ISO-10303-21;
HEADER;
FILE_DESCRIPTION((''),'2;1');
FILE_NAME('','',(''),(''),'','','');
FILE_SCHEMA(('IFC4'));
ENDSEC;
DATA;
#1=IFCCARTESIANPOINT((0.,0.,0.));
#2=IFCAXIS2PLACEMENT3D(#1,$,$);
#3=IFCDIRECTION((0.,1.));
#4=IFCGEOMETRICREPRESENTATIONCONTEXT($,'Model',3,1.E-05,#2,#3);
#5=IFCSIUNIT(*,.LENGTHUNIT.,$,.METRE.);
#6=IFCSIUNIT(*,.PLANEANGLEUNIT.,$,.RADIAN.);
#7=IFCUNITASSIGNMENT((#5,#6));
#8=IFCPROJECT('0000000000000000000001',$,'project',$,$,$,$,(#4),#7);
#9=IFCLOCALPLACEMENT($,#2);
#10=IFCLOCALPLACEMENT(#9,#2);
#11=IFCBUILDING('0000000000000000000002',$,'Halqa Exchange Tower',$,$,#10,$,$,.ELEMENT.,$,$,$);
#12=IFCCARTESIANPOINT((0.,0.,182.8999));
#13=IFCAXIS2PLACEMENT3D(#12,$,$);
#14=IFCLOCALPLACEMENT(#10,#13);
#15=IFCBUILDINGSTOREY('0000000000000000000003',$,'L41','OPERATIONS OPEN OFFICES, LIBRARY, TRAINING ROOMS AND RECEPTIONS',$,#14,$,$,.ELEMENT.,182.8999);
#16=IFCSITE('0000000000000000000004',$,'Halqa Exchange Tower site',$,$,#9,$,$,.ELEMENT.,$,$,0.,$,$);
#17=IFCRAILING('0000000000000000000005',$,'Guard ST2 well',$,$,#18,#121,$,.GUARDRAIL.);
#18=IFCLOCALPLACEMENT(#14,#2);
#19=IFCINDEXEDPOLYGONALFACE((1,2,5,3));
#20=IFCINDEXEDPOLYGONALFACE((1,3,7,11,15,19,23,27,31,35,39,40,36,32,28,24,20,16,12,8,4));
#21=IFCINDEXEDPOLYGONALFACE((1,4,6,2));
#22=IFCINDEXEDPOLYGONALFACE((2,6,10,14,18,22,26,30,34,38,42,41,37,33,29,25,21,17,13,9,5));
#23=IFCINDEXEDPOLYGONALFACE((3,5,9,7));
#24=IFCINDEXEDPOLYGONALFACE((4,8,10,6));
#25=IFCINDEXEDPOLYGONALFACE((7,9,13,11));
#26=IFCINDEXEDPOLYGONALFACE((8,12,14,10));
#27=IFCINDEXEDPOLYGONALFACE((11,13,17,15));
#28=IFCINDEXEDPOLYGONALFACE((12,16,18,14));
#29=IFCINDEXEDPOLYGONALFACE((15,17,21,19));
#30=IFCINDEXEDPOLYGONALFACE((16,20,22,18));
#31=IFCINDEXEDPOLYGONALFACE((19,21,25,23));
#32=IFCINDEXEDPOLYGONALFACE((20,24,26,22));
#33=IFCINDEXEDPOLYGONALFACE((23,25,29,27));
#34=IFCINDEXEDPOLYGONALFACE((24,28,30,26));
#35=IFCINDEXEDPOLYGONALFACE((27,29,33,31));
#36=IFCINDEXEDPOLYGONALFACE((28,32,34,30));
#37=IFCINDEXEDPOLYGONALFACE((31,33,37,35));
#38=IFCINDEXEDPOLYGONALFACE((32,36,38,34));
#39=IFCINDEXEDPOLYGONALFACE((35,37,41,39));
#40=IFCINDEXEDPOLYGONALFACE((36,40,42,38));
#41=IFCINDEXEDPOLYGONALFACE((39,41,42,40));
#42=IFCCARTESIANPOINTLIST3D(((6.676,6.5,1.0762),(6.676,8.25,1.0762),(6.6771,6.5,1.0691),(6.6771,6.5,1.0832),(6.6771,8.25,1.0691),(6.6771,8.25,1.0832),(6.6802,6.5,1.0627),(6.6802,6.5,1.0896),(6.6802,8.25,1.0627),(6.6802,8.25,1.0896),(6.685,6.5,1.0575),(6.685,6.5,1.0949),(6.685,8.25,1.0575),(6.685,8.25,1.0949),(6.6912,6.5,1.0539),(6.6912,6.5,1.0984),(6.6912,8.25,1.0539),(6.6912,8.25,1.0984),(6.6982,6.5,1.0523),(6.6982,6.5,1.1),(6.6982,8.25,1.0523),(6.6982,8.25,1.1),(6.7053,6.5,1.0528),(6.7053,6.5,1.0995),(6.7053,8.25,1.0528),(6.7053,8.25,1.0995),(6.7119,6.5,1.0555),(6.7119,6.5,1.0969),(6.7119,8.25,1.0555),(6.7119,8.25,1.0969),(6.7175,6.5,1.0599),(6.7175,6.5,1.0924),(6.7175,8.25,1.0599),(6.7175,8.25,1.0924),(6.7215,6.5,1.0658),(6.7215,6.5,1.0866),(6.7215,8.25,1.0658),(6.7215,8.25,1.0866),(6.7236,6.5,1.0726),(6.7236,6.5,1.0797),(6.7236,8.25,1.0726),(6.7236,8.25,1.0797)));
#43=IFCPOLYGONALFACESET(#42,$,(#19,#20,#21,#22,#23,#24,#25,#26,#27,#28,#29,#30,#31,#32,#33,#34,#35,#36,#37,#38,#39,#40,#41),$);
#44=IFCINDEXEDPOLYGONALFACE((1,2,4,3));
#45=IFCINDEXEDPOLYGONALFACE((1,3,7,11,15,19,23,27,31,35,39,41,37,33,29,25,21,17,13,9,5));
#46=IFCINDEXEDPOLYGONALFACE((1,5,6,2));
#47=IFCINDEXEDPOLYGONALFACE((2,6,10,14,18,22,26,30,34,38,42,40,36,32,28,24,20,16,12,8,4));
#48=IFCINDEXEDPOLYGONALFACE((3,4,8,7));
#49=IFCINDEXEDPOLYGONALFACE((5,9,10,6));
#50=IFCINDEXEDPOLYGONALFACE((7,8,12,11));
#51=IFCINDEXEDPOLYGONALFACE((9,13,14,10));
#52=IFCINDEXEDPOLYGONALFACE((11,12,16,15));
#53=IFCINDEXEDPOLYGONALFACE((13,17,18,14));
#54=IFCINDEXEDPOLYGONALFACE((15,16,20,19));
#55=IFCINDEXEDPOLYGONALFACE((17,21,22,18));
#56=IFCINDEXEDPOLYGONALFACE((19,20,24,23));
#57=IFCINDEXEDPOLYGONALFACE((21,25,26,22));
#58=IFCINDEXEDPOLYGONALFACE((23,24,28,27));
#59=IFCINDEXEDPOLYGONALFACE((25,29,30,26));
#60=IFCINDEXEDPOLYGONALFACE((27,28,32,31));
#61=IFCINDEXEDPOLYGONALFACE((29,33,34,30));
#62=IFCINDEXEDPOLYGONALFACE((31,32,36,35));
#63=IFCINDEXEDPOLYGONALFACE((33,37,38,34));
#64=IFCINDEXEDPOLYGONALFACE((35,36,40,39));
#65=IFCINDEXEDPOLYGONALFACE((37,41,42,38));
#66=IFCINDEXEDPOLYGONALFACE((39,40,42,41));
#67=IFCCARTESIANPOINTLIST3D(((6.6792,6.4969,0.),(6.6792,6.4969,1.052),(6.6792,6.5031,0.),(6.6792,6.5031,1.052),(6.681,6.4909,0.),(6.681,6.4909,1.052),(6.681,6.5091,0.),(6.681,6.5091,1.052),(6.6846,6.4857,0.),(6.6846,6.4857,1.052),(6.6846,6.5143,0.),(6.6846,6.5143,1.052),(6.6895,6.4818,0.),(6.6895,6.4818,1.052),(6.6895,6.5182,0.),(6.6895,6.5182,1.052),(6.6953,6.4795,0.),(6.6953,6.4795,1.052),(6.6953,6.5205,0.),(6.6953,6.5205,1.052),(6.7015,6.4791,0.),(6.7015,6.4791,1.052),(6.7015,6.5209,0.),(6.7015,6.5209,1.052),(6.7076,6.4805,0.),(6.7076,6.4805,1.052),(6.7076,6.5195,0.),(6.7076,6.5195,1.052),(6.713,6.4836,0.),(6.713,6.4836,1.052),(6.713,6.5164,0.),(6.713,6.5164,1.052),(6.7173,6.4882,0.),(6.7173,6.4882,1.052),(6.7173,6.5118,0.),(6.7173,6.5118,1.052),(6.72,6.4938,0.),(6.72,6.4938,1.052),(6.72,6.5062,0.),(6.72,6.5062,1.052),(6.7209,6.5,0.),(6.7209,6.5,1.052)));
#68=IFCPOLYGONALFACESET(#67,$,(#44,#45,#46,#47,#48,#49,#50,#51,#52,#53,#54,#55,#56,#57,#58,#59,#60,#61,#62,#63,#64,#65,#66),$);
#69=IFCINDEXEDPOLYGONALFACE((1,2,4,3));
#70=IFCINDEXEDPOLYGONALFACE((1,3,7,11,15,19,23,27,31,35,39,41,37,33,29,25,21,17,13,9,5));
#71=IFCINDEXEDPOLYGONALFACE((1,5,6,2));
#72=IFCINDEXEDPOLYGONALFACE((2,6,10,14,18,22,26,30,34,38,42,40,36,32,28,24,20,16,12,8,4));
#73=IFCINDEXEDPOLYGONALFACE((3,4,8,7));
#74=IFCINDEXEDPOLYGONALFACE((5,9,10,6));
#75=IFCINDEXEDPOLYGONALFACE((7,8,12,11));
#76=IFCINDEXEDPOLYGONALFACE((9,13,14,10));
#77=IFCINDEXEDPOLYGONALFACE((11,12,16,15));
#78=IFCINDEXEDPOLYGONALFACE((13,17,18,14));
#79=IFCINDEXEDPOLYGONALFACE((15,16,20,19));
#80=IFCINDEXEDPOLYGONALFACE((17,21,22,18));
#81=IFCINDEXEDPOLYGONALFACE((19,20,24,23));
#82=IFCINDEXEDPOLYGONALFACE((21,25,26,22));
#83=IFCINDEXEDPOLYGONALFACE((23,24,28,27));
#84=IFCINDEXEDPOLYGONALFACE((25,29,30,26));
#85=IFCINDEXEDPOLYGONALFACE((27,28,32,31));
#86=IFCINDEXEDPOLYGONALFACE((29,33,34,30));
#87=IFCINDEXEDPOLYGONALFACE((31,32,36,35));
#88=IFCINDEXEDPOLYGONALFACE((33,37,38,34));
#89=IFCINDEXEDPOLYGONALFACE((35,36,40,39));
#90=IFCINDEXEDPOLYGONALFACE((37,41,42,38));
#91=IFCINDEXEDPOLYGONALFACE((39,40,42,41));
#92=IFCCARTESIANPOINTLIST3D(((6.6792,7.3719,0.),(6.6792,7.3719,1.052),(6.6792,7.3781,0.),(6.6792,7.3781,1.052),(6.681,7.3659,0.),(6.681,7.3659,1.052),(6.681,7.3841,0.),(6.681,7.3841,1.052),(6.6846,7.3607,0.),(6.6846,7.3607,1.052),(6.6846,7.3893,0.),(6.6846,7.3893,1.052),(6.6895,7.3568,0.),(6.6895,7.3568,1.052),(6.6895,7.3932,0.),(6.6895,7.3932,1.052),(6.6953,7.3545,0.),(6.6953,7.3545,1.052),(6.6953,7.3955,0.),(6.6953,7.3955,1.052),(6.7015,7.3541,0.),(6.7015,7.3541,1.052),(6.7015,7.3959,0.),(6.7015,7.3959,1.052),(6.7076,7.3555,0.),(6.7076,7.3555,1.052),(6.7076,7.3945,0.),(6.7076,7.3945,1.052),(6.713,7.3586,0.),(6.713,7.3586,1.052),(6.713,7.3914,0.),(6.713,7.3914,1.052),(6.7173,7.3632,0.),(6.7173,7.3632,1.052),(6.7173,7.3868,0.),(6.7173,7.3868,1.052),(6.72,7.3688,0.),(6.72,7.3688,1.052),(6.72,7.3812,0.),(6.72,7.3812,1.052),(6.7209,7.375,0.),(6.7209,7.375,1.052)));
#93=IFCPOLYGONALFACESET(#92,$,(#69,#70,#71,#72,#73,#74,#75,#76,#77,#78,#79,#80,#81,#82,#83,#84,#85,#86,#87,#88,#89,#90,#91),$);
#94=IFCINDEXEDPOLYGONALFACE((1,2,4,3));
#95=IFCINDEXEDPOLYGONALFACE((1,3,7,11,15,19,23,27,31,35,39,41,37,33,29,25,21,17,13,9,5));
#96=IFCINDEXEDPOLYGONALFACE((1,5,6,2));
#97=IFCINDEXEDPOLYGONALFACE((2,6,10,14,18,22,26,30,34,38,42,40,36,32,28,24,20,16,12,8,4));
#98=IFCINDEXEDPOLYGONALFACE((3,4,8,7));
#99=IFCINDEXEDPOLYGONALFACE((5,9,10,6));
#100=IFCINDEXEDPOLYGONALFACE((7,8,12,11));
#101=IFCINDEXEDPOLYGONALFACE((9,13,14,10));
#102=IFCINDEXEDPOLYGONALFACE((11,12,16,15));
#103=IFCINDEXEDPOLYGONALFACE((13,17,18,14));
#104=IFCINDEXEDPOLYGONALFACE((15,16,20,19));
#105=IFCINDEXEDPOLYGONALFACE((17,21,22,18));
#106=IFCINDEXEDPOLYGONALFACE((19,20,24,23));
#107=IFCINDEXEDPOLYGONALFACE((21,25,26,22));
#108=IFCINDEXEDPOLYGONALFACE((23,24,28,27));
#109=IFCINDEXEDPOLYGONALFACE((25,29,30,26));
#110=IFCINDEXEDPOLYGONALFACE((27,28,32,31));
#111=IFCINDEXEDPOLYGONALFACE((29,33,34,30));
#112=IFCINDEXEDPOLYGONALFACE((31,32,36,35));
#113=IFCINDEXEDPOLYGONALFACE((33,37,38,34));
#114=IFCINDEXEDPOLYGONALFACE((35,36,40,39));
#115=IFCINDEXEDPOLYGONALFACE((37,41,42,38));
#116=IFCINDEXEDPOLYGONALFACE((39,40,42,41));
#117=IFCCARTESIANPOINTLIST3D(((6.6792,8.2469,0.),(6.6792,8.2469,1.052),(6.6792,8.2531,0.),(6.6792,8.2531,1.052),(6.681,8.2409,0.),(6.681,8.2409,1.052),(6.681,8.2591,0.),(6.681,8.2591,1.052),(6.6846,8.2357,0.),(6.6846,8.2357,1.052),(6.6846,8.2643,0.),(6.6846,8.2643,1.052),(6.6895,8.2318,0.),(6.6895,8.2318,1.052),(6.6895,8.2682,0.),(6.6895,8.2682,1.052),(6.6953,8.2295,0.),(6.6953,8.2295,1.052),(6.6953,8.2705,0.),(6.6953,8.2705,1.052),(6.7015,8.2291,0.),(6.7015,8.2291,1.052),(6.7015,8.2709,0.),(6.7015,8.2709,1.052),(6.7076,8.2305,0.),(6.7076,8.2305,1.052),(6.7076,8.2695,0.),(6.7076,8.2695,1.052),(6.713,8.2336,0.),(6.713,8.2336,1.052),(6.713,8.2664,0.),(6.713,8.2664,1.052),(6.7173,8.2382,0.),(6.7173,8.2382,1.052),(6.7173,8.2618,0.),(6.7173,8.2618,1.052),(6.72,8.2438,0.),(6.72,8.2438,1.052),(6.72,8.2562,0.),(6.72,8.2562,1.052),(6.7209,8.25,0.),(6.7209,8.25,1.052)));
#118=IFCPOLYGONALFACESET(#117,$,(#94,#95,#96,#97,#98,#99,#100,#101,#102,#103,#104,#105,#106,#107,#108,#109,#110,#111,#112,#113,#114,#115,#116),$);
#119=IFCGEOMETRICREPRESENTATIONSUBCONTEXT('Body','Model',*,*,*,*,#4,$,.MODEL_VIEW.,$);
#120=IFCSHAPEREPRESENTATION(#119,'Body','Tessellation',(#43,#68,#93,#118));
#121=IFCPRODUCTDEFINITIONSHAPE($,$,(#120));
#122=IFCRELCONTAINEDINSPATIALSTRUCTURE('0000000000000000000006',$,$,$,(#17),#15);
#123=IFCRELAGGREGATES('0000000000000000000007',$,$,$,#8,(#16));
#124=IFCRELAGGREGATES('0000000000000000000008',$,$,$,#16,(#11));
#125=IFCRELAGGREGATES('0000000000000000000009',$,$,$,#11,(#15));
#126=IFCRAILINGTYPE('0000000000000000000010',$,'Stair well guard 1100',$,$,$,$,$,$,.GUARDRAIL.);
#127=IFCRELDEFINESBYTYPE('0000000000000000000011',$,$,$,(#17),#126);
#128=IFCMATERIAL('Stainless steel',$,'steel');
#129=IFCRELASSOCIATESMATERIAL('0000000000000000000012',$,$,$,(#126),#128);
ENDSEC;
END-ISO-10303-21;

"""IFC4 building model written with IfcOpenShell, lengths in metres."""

from ifc_helpers import new_model, si_unit, direction, frame, origin, origin_2d, place, context, subcontext, project, spatial, circle, extrude, material, type_object, element, save


model = new_model("IFC4")

# Units and contexts
model_context = context("Model", 3, precision=1e-05, world=origin(), true_north=direction((0.0, 1.0)))
body_context = subcontext(model_context, "Body", "Model", "MODEL_VIEW")
ifc_project = project(units=[si_unit("LENGTHUNIT", "METRE"), si_unit("PLANEANGLEUNIT", "RADIAN")], contexts=[model_context])

# Site, building, storey
site_placement = place(None, origin())
site = spatial("IfcSite", under=ifc_project, at=site_placement, Name="Halqa Exchange Tower site", CompositionType="ELEMENT", RefElevation=0.0)
building_placement = place(site_placement, origin())
building = spatial("IfcBuilding", under=site, at=building_placement, Name="Halqa Exchange Tower", CompositionType="ELEMENT")
storey_placement = place(building_placement, frame((0.0, 0.0, 182.8999)))
storey = spatial("IfcBuildingStorey", under=building, at=storey_placement, Name="L41", Description="OPERATIONS OPEN OFFICES, LIBRARY, TRAINING ROOMS AND RECEPTIONS", CompositionType="ELEMENT", Elevation=182.8999)

# Railing
ifc_material_1 = material(Name="Stainless steel", Category="steel")
railing_type_1 = type_object("IfcRailingType", Name="Stair well guard 1100", PredefinedType="GUARDRAIL", material=ifc_material_1)
railing_1_placement = place(storey_placement, frame((6.7, 6.5, 0.0)))
element("IfcRailing", 1, at=railing_1_placement, inside=storey, type_object=railing_type_1, Name="Guard ST2 well", PredefinedType="GUARDRAIL", context=body_context, shape_type="SweptSolid", body=[
    extrude(circle(Radius=0.0239, at=origin_2d()), frame((0.0, 0.0, 1.0762), z_axis=(0.0, 1.0, 0.0), x_axis=(-1.0, 0.0, 0.0)), (0.0, 0.0, 1.0), 1.75),
    extrude(circle(Radius=0.021, at=origin_2d()), origin(), (0.0, 0.0, 1.0), 1.052),
    extrude(circle(Radius=0.021, at=origin_2d()), frame((0.0, 0.875, 0.0)), (0.0, 0.0, 1.0), 1.052),
    extrude(circle(Radius=0.021, at=origin_2d()), frame((0.0, 1.75, 0.0)), (0.0, 0.0, 1.0), 1.052),
])

save(model, "model.ifc")
